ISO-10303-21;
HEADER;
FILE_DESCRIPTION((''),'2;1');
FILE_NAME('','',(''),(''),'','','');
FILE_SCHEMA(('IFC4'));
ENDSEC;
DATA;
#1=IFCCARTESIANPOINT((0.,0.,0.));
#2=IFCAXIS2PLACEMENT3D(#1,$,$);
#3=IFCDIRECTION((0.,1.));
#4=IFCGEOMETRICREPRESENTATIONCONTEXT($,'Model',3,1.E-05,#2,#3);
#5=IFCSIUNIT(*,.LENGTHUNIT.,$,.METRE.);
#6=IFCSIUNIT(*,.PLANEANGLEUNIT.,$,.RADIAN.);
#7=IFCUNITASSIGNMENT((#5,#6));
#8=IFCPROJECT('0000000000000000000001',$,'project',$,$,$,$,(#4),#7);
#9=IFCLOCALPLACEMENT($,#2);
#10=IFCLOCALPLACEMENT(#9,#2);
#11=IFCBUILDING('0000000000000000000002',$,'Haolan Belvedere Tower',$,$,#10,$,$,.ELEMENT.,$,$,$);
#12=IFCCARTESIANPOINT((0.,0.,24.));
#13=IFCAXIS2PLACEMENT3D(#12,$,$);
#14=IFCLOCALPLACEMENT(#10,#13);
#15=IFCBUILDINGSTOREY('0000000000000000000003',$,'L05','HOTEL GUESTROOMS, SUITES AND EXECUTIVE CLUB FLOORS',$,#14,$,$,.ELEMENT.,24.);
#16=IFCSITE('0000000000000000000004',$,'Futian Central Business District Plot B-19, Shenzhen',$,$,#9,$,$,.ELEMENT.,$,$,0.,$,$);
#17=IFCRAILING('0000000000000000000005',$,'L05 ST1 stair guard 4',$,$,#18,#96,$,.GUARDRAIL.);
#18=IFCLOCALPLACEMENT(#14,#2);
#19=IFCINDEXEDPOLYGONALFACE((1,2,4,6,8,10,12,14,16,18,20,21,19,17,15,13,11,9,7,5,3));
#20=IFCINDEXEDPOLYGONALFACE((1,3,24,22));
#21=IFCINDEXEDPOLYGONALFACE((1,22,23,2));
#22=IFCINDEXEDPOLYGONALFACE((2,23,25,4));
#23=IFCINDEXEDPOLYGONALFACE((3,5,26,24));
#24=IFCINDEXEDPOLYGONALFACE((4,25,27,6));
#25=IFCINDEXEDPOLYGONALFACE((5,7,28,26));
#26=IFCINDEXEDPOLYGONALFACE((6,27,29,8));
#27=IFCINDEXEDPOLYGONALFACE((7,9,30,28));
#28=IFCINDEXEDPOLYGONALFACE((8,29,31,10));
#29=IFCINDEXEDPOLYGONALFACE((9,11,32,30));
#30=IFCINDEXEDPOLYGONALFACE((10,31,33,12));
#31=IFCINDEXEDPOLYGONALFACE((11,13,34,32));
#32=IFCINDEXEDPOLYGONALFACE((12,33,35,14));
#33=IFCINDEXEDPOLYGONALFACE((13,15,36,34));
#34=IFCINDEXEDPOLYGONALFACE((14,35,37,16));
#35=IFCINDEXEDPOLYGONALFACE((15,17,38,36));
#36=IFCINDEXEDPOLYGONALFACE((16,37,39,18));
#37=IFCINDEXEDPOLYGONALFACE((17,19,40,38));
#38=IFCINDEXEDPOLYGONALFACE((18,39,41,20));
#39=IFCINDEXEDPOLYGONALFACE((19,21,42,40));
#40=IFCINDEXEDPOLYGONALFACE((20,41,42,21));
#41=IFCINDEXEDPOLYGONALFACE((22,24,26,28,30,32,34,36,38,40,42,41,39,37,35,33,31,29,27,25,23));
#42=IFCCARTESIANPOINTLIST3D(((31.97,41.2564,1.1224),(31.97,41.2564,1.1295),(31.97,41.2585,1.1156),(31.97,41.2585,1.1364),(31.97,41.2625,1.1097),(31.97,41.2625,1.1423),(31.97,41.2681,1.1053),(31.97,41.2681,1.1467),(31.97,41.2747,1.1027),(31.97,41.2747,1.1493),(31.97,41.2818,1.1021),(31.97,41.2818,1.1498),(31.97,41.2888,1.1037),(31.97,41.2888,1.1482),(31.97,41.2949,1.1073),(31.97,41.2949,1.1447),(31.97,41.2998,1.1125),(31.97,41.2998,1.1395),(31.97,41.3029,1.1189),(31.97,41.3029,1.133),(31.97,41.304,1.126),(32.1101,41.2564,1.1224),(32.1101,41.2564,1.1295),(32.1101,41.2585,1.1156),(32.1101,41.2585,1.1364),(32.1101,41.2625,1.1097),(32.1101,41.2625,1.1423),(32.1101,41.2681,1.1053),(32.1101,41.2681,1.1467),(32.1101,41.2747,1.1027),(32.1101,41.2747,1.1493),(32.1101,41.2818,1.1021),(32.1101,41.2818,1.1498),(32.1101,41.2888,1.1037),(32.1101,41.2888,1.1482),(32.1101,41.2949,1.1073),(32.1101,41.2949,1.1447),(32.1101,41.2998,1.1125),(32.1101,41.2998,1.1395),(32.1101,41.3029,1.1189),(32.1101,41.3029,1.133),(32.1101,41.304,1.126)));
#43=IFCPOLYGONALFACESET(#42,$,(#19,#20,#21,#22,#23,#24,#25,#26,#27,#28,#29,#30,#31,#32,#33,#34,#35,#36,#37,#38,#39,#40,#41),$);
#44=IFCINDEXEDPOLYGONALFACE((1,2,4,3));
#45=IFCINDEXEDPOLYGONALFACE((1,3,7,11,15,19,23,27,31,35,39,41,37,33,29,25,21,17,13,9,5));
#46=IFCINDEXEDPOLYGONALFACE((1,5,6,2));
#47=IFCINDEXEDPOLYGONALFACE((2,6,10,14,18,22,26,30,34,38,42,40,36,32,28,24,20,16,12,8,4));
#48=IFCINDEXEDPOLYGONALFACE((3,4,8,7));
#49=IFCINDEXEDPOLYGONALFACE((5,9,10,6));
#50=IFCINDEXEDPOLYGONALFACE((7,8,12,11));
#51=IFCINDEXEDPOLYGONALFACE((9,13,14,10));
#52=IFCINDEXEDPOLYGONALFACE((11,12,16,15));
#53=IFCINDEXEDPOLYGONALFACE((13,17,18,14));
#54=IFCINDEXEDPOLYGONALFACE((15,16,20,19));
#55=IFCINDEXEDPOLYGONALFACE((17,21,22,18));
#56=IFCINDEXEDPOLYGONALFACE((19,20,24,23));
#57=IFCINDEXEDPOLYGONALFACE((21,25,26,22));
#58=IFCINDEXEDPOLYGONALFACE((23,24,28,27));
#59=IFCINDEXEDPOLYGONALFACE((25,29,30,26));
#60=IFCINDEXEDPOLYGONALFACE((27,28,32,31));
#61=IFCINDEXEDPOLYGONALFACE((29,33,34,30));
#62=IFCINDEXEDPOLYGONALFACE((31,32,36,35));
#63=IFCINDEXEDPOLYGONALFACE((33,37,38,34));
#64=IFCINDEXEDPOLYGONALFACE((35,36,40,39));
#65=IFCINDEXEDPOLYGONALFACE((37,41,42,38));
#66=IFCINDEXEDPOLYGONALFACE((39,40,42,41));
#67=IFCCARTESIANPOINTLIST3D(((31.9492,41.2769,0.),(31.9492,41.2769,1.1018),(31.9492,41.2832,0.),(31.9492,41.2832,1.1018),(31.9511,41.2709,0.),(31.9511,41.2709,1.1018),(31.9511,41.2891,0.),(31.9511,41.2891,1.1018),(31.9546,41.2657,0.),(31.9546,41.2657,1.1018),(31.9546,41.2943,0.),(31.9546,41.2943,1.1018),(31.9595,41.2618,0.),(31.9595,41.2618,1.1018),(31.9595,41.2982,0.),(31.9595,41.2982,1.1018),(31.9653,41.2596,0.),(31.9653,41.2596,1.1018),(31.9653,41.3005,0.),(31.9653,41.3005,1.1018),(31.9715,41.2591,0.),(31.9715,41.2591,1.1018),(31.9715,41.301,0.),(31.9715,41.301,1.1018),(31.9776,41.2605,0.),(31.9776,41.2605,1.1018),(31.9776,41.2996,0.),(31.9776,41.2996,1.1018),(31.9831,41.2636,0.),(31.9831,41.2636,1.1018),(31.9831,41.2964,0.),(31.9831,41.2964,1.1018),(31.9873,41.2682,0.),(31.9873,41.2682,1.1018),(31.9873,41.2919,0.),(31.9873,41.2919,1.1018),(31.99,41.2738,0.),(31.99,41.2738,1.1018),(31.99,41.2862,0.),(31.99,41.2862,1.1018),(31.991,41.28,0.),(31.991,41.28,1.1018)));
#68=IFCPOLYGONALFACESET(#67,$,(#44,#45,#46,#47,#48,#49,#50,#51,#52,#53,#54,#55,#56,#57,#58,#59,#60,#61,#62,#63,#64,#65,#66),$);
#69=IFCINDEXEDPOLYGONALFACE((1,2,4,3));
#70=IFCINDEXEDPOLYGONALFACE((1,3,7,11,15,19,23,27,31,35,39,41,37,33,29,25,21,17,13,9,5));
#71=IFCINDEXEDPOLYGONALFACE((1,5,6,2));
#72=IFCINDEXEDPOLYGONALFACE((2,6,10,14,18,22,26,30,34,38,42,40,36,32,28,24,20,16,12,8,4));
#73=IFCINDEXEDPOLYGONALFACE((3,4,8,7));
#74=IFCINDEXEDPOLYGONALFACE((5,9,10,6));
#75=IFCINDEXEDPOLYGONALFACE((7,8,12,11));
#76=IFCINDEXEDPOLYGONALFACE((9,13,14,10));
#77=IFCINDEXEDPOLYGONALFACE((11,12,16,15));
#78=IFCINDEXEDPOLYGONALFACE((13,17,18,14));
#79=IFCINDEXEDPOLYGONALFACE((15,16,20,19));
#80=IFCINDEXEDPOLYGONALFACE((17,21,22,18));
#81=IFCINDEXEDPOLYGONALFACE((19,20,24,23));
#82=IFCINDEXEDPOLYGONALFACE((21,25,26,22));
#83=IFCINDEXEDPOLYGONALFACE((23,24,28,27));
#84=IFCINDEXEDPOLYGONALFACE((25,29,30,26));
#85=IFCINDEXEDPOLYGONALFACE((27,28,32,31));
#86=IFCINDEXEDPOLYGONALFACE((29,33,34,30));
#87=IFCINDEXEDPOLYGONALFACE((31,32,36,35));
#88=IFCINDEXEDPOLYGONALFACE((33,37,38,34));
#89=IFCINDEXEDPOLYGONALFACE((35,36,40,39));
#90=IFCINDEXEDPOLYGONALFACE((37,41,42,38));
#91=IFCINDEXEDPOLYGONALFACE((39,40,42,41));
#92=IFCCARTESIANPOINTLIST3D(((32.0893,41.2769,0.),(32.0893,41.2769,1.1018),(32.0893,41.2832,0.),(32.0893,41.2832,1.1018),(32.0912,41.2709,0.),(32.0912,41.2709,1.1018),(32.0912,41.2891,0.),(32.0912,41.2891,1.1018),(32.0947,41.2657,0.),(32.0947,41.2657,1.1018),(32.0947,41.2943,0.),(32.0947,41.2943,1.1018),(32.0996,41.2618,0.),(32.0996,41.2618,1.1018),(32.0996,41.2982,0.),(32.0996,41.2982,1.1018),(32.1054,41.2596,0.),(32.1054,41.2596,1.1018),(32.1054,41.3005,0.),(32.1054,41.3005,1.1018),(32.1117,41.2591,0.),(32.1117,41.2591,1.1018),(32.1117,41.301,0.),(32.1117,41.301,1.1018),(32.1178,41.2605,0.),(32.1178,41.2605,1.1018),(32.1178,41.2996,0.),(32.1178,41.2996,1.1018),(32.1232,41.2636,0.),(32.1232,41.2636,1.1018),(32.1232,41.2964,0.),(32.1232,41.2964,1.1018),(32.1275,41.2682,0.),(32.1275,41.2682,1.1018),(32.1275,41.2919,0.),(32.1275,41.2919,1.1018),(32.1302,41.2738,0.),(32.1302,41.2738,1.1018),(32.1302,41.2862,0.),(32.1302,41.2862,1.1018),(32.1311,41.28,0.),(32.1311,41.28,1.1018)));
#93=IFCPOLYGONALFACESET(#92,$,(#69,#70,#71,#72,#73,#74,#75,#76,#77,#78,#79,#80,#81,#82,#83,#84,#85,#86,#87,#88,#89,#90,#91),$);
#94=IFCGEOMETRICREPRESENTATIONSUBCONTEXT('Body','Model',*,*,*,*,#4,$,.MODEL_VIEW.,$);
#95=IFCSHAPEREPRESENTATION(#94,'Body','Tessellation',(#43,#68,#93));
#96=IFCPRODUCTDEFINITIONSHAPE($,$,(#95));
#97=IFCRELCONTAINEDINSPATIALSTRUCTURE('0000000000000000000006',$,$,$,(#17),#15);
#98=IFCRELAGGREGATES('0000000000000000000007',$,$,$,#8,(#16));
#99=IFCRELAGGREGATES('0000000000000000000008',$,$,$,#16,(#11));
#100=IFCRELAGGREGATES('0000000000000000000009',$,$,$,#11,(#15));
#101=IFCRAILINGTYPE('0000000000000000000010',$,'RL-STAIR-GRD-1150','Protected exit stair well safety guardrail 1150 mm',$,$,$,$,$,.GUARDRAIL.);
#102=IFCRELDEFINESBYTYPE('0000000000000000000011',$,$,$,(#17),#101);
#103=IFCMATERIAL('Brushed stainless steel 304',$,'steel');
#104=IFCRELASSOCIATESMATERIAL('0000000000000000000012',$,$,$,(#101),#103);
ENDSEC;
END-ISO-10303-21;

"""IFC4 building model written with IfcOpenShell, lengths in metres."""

from ifc_helpers import new_model, si_unit, direction, frame, origin, origin_2d, place, context, subcontext, project, spatial, circle, extrude, material, type_object, element, save


model = new_model("IFC4")

# Units and contexts
model_context = context("Model", 3, precision=1e-05, world=origin(), true_north=direction((0.0, 1.0)))
body_context = subcontext(model_context, "Body", "Model", "MODEL_VIEW")
ifc_project = project(units=[si_unit("LENGTHUNIT", "METRE"), si_unit("PLANEANGLEUNIT", "RADIAN")], contexts=[model_context])

# Site, building, storey
site_placement = place(None, origin())
site = spatial("IfcSite", under=ifc_project, at=site_placement, Name="Futian Central Business District Plot B-19, Shenzhen", CompositionType="ELEMENT", RefElevation=0.0)
building_placement = place(site_placement, origin())
building = spatial("IfcBuilding", under=site, at=building_placement, Name="Haolan Belvedere Tower", CompositionType="ELEMENT")
storey_placement = place(building_placement, frame((0.0, 0.0, 24.0)))
storey = spatial("IfcBuildingStorey", under=building, at=storey_placement, Name="L05", Description="HOTEL GUESTROOMS, SUITES AND EXECUTIVE CLUB FLOORS", CompositionType="ELEMENT", Elevation=24.0)

# Railing
ifc_material_1 = material(Name="Brushed stainless steel 304", Category="steel")
railing_type_1 = type_object("IfcRailingType", Name="RL-STAIR-GRD-1150", Description="Protected exit stair well safety guardrail 1150 mm", PredefinedType="GUARDRAIL", material=ifc_material_1)
railing_1_placement = place(storey_placement, frame((31.97, 41.28, 0.0)))
element("IfcRailing", 1, at=railing_1_placement, inside=storey, type_object=railing_type_1, Name="L05 ST1 stair guard 4", PredefinedType="GUARDRAIL", context=body_context, shape_type="SweptSolid", body=[
    extrude(circle(Radius=0.0239, at=origin_2d()), frame((0.0, 0.0, 1.126), z_axis=(1.0, 0.0, 0.0), x_axis=(0.0, 1.0, 0.0)), (0.0, 0.0, 1.0), 0.1401),
    extrude(circle(Radius=0.021, at=origin_2d()), origin(), (0.0, 0.0, 1.0), 1.1018),
    extrude(circle(Radius=0.021, at=origin_2d()), frame((0.1401, 0.0, 0.0)), (0.0, 0.0, 1.0), 1.1018),
])

save(model, "model.ifc")
